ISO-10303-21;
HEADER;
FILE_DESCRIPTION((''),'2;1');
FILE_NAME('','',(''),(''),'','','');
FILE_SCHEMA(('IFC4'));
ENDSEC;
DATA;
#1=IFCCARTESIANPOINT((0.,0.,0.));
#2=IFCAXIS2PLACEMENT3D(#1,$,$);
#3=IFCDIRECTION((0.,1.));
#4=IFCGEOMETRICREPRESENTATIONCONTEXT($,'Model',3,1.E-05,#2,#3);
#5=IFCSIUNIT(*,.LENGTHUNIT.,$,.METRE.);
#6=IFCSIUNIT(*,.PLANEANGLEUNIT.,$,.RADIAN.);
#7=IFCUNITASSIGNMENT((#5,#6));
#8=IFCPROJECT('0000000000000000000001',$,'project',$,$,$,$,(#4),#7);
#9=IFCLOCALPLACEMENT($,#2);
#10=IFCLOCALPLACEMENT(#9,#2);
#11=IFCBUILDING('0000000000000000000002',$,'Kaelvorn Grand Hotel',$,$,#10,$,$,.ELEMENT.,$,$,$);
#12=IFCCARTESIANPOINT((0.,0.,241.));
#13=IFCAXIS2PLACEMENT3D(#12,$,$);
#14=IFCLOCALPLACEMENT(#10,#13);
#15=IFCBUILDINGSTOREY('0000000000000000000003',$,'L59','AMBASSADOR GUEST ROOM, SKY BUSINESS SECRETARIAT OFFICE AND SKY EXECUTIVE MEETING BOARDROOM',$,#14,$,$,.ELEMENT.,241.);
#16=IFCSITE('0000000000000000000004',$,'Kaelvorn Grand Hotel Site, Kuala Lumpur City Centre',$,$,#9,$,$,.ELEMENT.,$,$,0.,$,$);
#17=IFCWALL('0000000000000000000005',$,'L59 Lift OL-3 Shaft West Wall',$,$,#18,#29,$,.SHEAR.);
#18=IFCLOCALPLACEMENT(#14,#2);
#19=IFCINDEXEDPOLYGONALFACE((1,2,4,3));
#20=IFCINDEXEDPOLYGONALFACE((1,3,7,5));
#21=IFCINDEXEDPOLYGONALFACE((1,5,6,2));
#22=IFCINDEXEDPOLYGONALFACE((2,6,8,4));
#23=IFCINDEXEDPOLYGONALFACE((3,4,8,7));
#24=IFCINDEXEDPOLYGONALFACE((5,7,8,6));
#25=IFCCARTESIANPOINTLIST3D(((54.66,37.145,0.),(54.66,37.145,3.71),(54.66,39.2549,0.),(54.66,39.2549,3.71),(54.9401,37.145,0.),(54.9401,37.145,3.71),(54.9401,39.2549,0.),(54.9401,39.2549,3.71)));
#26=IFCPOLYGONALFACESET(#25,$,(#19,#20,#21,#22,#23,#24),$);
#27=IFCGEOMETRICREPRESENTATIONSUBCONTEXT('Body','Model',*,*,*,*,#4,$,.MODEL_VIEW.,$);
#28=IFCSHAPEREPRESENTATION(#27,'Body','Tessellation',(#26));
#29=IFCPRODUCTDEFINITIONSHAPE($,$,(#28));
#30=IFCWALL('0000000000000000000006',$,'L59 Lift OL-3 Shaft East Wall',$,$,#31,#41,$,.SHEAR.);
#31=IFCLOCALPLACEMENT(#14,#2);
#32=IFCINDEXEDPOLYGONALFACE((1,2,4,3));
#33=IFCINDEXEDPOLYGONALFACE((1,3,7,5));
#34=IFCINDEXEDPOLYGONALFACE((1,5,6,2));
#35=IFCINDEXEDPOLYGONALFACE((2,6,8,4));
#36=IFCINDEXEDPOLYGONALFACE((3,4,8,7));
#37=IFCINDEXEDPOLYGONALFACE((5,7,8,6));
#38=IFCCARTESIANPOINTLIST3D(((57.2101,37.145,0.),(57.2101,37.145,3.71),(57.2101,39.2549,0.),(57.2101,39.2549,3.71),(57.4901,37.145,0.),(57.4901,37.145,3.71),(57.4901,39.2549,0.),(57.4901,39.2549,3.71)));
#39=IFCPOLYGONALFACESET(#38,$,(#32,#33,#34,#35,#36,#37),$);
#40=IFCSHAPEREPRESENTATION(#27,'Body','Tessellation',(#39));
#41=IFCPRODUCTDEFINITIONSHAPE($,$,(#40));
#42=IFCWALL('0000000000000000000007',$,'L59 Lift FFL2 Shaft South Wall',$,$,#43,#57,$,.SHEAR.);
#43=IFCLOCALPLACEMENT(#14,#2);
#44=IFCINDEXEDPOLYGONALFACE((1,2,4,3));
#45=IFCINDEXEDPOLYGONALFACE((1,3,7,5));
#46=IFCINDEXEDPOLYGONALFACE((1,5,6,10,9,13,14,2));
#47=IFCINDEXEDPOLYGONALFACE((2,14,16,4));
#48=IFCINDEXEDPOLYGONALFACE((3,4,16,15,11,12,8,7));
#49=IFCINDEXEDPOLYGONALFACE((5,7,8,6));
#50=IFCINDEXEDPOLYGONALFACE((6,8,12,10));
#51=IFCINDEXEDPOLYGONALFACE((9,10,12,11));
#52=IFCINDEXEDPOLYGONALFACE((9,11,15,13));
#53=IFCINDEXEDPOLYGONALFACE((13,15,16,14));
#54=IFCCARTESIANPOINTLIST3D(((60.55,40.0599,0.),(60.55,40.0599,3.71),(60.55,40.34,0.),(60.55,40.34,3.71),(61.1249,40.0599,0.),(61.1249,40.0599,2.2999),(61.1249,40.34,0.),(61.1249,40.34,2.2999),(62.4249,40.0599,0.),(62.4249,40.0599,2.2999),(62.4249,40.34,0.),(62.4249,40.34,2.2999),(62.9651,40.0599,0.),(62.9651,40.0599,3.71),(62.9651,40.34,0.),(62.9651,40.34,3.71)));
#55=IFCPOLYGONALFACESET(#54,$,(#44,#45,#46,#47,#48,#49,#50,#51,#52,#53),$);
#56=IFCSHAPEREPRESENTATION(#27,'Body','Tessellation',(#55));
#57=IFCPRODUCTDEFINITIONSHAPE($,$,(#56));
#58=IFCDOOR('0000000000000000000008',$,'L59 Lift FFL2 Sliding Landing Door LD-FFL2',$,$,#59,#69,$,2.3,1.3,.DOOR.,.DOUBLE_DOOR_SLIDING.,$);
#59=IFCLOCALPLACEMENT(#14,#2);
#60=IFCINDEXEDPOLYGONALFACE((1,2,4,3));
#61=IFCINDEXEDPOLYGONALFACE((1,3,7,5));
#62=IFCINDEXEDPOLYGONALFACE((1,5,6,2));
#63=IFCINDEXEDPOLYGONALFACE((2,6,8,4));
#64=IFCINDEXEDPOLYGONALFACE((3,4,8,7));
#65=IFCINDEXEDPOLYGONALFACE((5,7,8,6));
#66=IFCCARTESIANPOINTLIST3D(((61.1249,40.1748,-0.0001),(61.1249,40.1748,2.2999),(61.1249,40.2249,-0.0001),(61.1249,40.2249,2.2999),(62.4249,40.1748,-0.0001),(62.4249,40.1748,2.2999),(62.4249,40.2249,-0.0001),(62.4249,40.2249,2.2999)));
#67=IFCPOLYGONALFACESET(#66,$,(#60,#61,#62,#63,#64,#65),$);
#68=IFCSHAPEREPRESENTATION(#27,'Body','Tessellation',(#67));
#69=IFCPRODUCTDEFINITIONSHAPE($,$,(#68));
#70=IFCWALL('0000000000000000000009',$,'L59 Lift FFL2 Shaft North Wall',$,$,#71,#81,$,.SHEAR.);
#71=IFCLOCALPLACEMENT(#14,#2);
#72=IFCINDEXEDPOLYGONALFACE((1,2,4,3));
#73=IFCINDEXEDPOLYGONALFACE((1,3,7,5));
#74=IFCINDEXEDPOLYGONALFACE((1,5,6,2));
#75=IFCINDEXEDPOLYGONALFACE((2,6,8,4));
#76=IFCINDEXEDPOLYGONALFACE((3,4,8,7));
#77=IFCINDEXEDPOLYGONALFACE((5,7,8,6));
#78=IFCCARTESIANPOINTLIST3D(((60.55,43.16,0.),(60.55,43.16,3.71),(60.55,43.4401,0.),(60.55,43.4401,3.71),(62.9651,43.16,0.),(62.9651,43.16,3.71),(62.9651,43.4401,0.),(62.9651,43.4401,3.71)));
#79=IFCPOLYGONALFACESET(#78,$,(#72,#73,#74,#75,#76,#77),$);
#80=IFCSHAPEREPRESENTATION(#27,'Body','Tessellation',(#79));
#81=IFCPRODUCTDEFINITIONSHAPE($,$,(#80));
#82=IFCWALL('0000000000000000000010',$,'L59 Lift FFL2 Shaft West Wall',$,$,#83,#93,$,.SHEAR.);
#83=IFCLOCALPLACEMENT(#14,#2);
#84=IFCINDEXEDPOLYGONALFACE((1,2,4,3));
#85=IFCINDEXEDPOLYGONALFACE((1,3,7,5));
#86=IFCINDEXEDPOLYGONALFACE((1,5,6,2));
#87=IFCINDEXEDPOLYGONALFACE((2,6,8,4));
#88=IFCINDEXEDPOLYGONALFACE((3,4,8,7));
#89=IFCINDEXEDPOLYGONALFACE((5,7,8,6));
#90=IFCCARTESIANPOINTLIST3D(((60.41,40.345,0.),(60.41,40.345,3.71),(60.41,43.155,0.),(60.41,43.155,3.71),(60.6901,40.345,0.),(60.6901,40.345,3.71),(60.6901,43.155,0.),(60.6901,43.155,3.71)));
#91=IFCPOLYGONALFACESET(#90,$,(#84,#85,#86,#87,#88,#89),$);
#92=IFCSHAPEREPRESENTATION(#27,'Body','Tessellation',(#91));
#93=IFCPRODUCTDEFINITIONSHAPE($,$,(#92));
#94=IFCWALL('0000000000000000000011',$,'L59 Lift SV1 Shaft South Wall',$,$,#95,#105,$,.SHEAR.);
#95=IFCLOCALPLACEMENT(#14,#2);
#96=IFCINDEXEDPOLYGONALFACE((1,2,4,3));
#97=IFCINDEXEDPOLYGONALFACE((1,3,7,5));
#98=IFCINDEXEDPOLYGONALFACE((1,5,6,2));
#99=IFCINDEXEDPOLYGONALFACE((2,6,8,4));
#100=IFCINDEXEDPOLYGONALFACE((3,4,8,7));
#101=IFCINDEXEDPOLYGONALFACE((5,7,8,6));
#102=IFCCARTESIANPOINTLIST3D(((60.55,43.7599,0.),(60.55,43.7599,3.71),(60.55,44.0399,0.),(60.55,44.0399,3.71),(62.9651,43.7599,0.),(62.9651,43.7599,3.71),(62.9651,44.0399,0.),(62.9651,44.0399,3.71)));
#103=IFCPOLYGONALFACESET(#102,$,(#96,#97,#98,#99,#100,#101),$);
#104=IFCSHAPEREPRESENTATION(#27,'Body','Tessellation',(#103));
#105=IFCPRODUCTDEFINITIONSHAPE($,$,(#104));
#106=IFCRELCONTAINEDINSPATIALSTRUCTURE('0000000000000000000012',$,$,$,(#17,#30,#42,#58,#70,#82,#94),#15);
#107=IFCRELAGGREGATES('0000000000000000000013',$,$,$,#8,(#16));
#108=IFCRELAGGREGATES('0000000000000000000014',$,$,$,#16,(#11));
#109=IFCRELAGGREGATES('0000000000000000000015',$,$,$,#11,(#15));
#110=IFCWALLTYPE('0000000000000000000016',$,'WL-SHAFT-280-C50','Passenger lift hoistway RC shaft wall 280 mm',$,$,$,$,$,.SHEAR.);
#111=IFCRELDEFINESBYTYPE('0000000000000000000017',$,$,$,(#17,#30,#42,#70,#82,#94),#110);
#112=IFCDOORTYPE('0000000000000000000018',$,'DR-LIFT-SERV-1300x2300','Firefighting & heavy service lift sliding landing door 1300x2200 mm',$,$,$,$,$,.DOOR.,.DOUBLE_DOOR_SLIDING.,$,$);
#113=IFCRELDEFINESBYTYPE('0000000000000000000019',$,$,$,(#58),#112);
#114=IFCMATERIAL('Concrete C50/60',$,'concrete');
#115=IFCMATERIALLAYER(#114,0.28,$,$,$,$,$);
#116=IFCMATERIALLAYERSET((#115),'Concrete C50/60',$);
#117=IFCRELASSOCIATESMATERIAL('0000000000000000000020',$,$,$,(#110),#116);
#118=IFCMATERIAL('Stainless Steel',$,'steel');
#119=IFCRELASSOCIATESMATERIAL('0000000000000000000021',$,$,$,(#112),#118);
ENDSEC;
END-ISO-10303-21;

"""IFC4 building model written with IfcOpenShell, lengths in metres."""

from ifc_helpers import new_model, si_unit, direction, frame, frame_2d, origin, place, context, subcontext, project, spatial, rectangle, extrude, material, layer, layer_set, type_object, element, fill, save


model = new_model("IFC4")

# Units and contexts
model_context = context("Model", 3, precision=1e-05, world=origin(), true_north=direction((0.0, 1.0)))
body_context = subcontext(model_context, "Body", "Model", "MODEL_VIEW")
ifc_project = project(units=[si_unit("LENGTHUNIT", "METRE"), si_unit("PLANEANGLEUNIT", "RADIAN")], contexts=[model_context])

# Site, building, storey
site_placement = place(None, origin())
site = spatial("IfcSite", under=ifc_project, at=site_placement, Name="Kaelvorn Grand Hotel Site, Kuala Lumpur City Centre", CompositionType="ELEMENT", RefElevation=0.0)
building_placement = place(site_placement, origin())
building = spatial("IfcBuilding", under=site, at=building_placement, Name="Kaelvorn Grand Hotel", CompositionType="ELEMENT")
storey_placement = place(building_placement, frame((0.0, 0.0, 241.0)))
storey = spatial("IfcBuildingStorey", under=building, at=storey_placement, Name="L59", Description="AMBASSADOR GUEST ROOM, SKY BUSINESS SECRETARIAT OFFICE AND SKY EXECUTIVE MEETING BOARDROOM", CompositionType="ELEMENT", Elevation=241.0)

# Shared definitions
ifc_material_1 = material(Name="Concrete C50/60", Category="concrete")

# Walls
ifc_layer_1 = layer(ifc_material_1, 0.28)
ifc_layer_set_1 = layer_set([ifc_layer_1], Name="Concrete C50/60")
wall_type_1 = type_object("IfcWallType", Name="WL-SHAFT-280-C50", Description="Passenger lift hoistway RC shaft wall 280 mm", PredefinedType="SHEAR", material=ifc_layer_set_1)
for number, where, z_axis, x_axis, name in (
    (1, (54.8, 37.145, 0.0), (0.0, 0.0, 1.0), (0.0, 1.0, 0.0), "L59 Lift OL-3 Shaft West Wall"),
    (2, (57.3501, 37.145, 0.0), (0.0, 0.0, 1.0), (0.0, 1.0, 0.0), "L59 Lift OL-3 Shaft East Wall"),
):
    element("IfcWall", number, at=place(storey_placement, frame(where, z_axis=z_axis, x_axis=x_axis)), inside=storey, type_object=wall_type_1, Name=name, PredefinedType="SHEAR", context=body_context, shape_type="SweptSolid", body=[
        extrude(rectangle(XDim=2.1099, YDim=0.28, at=frame_2d((1.0549, 0.0))), origin(), (0.0, 0.0, 1.0), 3.71),
    ])

# Wall, opening, door
wall_1_placement = place(storey_placement, frame((60.55, 40.2, 0.0), z_axis=(0.0, 0.0, 1.0), x_axis=(1.0, 0.0, 0.0)))
wall_1 = element("IfcWall", 3, at=wall_1_placement, inside=storey, type_object=wall_type_1, Name="L59 Lift FFL2 Shaft South Wall", PredefinedType="SHEAR", context=body_context, shape_type="SweptSolid", body=[
    extrude(rectangle(XDim=2.415, YDim=0.28, at=frame_2d((1.2075, 0.0))), origin(), (0.0, 0.0, 1.0), 3.71),
])
opening_1_placement = place(wall_1_placement, frame((0.575, 0.0, 0.0)))
opening_1 = element("IfcOpeningElement", 4, at=opening_1_placement, cuts=wall_1, PredefinedType="OPENING", context=body_context, shape_type="SweptSolid", body=[
    extrude(rectangle(XDim=1.3, YDim=2.3, at=frame_2d((0.6499, 1.1499))), frame((0.0, 0.1499, 0.0), z_axis=(0.0, -1.0, 0.0), x_axis=(1.0, 0.0, 0.0)), (0.0, 0.0, 1.0), 0.3),
])
ifc_material_2 = material(Name="Stainless Steel", Category="steel")
door_type_1 = type_object("IfcDoorType", Name="DR-LIFT-SERV-1300x2300", Description="Firefighting & heavy service lift sliding landing door 1300x2200 mm", OperationType="DOUBLE_DOOR_SLIDING", PredefinedType="DOOR", material=ifc_material_2)
door_1_placement = place(opening_1_placement, origin())
door_1 = element("IfcDoor", 5, at=door_1_placement, inside=storey, type_object=door_type_1, Name="L59 Lift FFL2 Sliding Landing Door LD-FFL2", OperationType="DOUBLE_DOOR_SLIDING", OverallHeight=2.3, OverallWidth=1.3, PredefinedType="DOOR", context=body_context, shape_type="SweptSolid", body=[
    extrude(rectangle(XDim=1.3, YDim=2.3, at=frame_2d((0.6499, 1.1499))), frame((0.0, 0.0249, 0.0), z_axis=(0.0, -1.0, 0.0), x_axis=(1.0, 0.0, 0.0)), (0.0, 0.0, 1.0), 0.05),
])
fill(opening_1, door_1)

# Walls
wall_2_placement = place(storey_placement, frame((60.55, 43.3, 0.0), z_axis=(0.0, 0.0, 1.0), x_axis=(1.0, 0.0, 0.0)))
element("IfcWall", 6, at=wall_2_placement, inside=storey, type_object=wall_type_1, Name="L59 Lift FFL2 Shaft North Wall", PredefinedType="SHEAR", context=body_context, shape_type="SweptSolid", body=[
    extrude(rectangle(XDim=2.415, YDim=0.28, at=frame_2d((1.2075, 0.0))), origin(), (0.0, 0.0, 1.0), 3.71),
])
wall_3_placement = place(storey_placement, frame((60.55, 40.345, 0.0), z_axis=(0.0, 0.0, 1.0), x_axis=(0.0, 1.0, 0.0)))
element("IfcWall", 7, at=wall_3_placement, inside=storey, type_object=wall_type_1, Name="L59 Lift FFL2 Shaft West Wall", PredefinedType="SHEAR", context=body_context, shape_type="SweptSolid", body=[
    extrude(rectangle(XDim=2.8101, YDim=0.28, at=frame_2d((1.405, 0.0))), origin(), (0.0, 0.0, 1.0), 3.71),
])
wall_4_placement = place(storey_placement, frame((60.55, 43.8999, 0.0), z_axis=(0.0, 0.0, 1.0), x_axis=(1.0, 0.0, 0.0)))
element("IfcWall", 8, at=wall_4_placement, inside=storey, type_object=wall_type_1, Name="L59 Lift SV1 Shaft South Wall", PredefinedType="SHEAR", context=body_context, shape_type="SweptSolid", body=[
    extrude(rectangle(XDim=2.415, YDim=0.28, at=frame_2d((1.2075, 0.0))), origin(), (0.0, 0.0, 1.0), 3.71),
])

save(model, "model.ifc")
